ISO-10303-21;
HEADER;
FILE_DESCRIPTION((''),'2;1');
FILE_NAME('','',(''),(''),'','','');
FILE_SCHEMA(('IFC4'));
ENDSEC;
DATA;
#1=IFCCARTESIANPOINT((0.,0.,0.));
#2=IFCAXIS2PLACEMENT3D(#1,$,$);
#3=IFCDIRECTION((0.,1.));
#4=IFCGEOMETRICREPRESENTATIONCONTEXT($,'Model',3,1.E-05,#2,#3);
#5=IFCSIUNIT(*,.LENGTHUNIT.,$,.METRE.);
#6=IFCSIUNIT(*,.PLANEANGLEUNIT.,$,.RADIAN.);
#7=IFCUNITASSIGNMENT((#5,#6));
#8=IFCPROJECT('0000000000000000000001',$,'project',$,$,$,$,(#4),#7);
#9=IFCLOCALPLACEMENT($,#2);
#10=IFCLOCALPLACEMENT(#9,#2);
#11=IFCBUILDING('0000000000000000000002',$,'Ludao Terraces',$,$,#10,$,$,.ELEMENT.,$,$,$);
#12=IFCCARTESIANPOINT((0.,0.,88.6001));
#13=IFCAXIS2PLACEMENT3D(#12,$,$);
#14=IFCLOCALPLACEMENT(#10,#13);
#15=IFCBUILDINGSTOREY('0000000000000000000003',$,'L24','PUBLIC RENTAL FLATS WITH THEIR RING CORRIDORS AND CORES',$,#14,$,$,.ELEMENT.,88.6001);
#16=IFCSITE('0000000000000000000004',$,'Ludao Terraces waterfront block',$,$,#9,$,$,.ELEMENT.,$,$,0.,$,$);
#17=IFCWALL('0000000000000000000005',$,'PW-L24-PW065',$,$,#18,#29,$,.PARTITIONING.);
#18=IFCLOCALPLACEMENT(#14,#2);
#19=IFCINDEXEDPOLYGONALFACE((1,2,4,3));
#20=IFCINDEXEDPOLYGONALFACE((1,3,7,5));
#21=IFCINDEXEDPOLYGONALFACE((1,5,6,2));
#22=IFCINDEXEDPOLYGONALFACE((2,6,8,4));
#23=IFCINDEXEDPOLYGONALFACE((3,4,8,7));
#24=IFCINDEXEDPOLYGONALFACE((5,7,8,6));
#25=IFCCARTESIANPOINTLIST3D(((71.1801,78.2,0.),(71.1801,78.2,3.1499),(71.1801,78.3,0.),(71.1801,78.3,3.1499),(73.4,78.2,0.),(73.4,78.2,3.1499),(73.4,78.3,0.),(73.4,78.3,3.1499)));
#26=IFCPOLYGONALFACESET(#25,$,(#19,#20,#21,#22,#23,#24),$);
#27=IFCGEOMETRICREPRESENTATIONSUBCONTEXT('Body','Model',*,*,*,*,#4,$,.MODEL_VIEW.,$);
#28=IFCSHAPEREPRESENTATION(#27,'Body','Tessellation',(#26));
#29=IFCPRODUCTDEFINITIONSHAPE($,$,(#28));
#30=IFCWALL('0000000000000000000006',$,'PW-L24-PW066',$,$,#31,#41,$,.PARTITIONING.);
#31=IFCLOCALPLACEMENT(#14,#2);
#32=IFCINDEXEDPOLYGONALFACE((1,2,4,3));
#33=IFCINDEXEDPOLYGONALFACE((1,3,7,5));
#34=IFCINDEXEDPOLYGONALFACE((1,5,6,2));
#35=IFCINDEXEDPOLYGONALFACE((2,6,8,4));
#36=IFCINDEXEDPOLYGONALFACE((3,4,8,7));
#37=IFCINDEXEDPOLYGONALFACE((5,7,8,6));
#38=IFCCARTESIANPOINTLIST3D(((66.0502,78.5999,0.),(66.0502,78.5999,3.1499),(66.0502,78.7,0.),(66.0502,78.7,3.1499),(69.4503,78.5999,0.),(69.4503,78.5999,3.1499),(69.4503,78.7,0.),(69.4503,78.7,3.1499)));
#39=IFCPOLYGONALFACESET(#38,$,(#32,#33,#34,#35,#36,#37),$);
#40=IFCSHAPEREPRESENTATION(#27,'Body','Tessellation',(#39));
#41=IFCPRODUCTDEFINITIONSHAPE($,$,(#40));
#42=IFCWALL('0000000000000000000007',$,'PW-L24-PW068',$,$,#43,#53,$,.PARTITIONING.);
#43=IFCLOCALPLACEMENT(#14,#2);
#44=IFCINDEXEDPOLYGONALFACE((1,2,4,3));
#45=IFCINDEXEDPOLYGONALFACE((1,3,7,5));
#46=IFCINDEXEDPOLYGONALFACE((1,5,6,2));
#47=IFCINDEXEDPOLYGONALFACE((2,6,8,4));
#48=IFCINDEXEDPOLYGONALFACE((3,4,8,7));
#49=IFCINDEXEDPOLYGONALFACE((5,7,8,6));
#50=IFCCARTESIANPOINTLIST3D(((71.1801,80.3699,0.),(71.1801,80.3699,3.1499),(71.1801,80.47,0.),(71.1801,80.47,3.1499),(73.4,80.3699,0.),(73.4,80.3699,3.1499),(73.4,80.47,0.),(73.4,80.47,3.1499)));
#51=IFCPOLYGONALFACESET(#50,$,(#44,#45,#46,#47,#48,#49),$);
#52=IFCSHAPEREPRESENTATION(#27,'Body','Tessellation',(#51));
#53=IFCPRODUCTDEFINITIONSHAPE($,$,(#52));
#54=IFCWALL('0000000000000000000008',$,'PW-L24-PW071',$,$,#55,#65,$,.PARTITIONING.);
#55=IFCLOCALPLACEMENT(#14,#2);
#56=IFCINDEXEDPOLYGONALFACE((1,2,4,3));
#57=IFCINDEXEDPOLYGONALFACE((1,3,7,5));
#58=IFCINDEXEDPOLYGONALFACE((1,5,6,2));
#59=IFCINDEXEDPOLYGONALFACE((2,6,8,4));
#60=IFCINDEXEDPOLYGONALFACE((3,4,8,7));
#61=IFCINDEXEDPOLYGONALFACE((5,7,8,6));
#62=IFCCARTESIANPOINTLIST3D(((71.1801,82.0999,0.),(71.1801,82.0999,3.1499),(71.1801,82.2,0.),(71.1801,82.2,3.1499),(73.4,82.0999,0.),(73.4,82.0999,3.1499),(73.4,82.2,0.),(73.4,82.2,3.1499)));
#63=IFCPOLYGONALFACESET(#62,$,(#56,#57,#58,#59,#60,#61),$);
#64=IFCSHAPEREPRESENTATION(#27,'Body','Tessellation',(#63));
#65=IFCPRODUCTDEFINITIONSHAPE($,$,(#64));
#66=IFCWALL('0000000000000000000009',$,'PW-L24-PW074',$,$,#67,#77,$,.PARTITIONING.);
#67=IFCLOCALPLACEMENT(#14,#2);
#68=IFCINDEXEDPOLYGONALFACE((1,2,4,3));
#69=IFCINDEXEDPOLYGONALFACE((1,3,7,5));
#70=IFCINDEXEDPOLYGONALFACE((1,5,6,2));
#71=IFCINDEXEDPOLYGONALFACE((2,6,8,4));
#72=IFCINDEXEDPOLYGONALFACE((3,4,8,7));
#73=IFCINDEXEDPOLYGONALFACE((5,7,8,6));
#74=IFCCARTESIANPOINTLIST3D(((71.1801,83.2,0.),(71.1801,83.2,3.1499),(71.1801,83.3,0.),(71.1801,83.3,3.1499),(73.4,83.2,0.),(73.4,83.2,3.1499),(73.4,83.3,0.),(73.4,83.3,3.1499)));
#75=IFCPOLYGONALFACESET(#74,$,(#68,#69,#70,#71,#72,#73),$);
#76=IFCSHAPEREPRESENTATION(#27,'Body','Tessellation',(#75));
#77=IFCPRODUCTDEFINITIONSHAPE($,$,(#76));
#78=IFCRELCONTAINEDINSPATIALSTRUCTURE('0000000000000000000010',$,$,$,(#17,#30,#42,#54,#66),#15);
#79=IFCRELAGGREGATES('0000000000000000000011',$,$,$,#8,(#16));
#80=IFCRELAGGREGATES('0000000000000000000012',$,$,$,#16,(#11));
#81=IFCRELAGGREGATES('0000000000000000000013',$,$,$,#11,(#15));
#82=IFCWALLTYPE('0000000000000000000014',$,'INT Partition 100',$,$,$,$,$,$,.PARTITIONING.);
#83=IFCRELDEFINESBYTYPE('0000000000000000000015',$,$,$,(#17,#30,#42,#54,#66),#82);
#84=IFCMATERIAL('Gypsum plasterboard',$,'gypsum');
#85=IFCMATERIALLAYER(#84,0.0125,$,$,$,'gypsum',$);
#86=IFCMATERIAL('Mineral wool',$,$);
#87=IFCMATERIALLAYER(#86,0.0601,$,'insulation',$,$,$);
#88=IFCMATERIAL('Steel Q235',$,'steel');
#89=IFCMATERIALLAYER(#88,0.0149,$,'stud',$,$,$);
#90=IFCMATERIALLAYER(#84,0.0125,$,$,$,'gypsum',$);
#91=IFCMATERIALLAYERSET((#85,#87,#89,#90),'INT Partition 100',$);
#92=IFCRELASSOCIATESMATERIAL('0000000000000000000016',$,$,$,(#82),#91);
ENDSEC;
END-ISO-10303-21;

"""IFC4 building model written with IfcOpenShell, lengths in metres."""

from ifc_helpers import new_model, si_unit, direction, frame, frame_2d, origin, place, context, subcontext, project, spatial, rectangle, extrude, material, layer, layer_set, type_object, element, save


model = new_model("IFC4")

# Units and contexts
model_context = context("Model", 3, precision=1e-05, world=origin(), true_north=direction((0.0, 1.0)))
body_context = subcontext(model_context, "Body", "Model", "MODEL_VIEW")
ifc_project = project(units=[si_unit("LENGTHUNIT", "METRE"), si_unit("PLANEANGLEUNIT", "RADIAN")], contexts=[model_context])

# Site, building, storey
site_placement = place(None, origin())
site = spatial("IfcSite", under=ifc_project, at=site_placement, Name="Ludao Terraces waterfront block", CompositionType="ELEMENT", RefElevation=0.0)
building_placement = place(site_placement, origin())
building = spatial("IfcBuilding", under=site, at=building_placement, Name="Ludao Terraces", CompositionType="ELEMENT")
storey_placement = place(building_placement, frame((0.0, 0.0, 88.6001)))
storey = spatial("IfcBuildingStorey", under=building, at=storey_placement, Name="L24", Description="PUBLIC RENTAL FLATS WITH THEIR RING CORRIDORS AND CORES", CompositionType="ELEMENT", Elevation=88.6001)

# Shared definitions
ifc_material_1 = material(Name="Mineral wool")

# Walls
ifc_material_2 = material(Name="Gypsum plasterboard", Category="gypsum")
ifc_layer_1 = layer(ifc_material_2, 0.0125, Category="gypsum")
ifc_layer_2 = layer(ifc_material_1, 0.0601, Name="insulation")
ifc_material_3 = material(Name="Steel Q235", Category="steel")
ifc_layer_3 = layer(ifc_material_3, 0.0149, Name="stud")
ifc_layer_4 = layer(ifc_material_2, 0.0125, Category="gypsum")
ifc_layer_set_1 = layer_set([ifc_layer_1, ifc_layer_2, ifc_layer_3, ifc_layer_4], Name="INT Partition 100")
wall_type_1 = type_object("IfcWallType", Name="INT Partition 100", PredefinedType="PARTITIONING", material=ifc_layer_set_1)
wall_1_placement = place(storey_placement, frame((71.1802, 78.25, 0.0), z_axis=(0.0, 0.0, 1.0), x_axis=(1.0, 0.0, 0.0)))
element("IfcWall", 1, at=wall_1_placement, inside=storey, type_object=wall_type_1, Name="PW-L24-PW065", PredefinedType="PARTITIONING", context=body_context, shape_type="SweptSolid", body=[
    extrude(rectangle(XDim=2.22, YDim=0.1001, at=frame_2d((1.1099, 0.0))), origin(), (0.0, 0.0, 1.0), 3.1499),
])
wall_2_placement = place(storey_placement, frame((66.05, 78.6499, 0.0), z_axis=(0.0, 0.0, 1.0), x_axis=(1.0, 0.0, 0.0)))
element("IfcWall", 2, at=wall_2_placement, inside=storey, type_object=wall_type_1, Name="PW-L24-PW066", PredefinedType="PARTITIONING", context=body_context, shape_type="SweptSolid", body=[
    extrude(rectangle(XDim=3.4001, YDim=0.1001, at=frame_2d((1.7002, 0.0))), origin(), (0.0, 0.0, 1.0), 3.1499),
])
for number, where, z_axis, x_axis, name in (
    (3, (71.1802, 80.4199, 0.0), (0.0, 0.0, 1.0), (1.0, 0.0, 0.0), "PW-L24-PW068"),
    (4, (71.1802, 82.1499, 0.0), (0.0, 0.0, 1.0), (1.0, 0.0, 0.0), "PW-L24-PW071"),
    (5, (71.1802, 83.25, 0.0), (0.0, 0.0, 1.0), (1.0, 0.0, 0.0), "PW-L24-PW074"),
):
    element("IfcWall", number, at=place(storey_placement, frame(where, z_axis=z_axis, x_axis=x_axis)), inside=storey, type_object=wall_type_1, Name=name, PredefinedType="PARTITIONING", context=body_context, shape_type="SweptSolid", body=[
        extrude(rectangle(XDim=2.22, YDim=0.1001, at=frame_2d((1.1099, 0.0))), origin(), (0.0, 0.0, 1.0), 3.1499),
    ])

save(model, "model.ifc")
